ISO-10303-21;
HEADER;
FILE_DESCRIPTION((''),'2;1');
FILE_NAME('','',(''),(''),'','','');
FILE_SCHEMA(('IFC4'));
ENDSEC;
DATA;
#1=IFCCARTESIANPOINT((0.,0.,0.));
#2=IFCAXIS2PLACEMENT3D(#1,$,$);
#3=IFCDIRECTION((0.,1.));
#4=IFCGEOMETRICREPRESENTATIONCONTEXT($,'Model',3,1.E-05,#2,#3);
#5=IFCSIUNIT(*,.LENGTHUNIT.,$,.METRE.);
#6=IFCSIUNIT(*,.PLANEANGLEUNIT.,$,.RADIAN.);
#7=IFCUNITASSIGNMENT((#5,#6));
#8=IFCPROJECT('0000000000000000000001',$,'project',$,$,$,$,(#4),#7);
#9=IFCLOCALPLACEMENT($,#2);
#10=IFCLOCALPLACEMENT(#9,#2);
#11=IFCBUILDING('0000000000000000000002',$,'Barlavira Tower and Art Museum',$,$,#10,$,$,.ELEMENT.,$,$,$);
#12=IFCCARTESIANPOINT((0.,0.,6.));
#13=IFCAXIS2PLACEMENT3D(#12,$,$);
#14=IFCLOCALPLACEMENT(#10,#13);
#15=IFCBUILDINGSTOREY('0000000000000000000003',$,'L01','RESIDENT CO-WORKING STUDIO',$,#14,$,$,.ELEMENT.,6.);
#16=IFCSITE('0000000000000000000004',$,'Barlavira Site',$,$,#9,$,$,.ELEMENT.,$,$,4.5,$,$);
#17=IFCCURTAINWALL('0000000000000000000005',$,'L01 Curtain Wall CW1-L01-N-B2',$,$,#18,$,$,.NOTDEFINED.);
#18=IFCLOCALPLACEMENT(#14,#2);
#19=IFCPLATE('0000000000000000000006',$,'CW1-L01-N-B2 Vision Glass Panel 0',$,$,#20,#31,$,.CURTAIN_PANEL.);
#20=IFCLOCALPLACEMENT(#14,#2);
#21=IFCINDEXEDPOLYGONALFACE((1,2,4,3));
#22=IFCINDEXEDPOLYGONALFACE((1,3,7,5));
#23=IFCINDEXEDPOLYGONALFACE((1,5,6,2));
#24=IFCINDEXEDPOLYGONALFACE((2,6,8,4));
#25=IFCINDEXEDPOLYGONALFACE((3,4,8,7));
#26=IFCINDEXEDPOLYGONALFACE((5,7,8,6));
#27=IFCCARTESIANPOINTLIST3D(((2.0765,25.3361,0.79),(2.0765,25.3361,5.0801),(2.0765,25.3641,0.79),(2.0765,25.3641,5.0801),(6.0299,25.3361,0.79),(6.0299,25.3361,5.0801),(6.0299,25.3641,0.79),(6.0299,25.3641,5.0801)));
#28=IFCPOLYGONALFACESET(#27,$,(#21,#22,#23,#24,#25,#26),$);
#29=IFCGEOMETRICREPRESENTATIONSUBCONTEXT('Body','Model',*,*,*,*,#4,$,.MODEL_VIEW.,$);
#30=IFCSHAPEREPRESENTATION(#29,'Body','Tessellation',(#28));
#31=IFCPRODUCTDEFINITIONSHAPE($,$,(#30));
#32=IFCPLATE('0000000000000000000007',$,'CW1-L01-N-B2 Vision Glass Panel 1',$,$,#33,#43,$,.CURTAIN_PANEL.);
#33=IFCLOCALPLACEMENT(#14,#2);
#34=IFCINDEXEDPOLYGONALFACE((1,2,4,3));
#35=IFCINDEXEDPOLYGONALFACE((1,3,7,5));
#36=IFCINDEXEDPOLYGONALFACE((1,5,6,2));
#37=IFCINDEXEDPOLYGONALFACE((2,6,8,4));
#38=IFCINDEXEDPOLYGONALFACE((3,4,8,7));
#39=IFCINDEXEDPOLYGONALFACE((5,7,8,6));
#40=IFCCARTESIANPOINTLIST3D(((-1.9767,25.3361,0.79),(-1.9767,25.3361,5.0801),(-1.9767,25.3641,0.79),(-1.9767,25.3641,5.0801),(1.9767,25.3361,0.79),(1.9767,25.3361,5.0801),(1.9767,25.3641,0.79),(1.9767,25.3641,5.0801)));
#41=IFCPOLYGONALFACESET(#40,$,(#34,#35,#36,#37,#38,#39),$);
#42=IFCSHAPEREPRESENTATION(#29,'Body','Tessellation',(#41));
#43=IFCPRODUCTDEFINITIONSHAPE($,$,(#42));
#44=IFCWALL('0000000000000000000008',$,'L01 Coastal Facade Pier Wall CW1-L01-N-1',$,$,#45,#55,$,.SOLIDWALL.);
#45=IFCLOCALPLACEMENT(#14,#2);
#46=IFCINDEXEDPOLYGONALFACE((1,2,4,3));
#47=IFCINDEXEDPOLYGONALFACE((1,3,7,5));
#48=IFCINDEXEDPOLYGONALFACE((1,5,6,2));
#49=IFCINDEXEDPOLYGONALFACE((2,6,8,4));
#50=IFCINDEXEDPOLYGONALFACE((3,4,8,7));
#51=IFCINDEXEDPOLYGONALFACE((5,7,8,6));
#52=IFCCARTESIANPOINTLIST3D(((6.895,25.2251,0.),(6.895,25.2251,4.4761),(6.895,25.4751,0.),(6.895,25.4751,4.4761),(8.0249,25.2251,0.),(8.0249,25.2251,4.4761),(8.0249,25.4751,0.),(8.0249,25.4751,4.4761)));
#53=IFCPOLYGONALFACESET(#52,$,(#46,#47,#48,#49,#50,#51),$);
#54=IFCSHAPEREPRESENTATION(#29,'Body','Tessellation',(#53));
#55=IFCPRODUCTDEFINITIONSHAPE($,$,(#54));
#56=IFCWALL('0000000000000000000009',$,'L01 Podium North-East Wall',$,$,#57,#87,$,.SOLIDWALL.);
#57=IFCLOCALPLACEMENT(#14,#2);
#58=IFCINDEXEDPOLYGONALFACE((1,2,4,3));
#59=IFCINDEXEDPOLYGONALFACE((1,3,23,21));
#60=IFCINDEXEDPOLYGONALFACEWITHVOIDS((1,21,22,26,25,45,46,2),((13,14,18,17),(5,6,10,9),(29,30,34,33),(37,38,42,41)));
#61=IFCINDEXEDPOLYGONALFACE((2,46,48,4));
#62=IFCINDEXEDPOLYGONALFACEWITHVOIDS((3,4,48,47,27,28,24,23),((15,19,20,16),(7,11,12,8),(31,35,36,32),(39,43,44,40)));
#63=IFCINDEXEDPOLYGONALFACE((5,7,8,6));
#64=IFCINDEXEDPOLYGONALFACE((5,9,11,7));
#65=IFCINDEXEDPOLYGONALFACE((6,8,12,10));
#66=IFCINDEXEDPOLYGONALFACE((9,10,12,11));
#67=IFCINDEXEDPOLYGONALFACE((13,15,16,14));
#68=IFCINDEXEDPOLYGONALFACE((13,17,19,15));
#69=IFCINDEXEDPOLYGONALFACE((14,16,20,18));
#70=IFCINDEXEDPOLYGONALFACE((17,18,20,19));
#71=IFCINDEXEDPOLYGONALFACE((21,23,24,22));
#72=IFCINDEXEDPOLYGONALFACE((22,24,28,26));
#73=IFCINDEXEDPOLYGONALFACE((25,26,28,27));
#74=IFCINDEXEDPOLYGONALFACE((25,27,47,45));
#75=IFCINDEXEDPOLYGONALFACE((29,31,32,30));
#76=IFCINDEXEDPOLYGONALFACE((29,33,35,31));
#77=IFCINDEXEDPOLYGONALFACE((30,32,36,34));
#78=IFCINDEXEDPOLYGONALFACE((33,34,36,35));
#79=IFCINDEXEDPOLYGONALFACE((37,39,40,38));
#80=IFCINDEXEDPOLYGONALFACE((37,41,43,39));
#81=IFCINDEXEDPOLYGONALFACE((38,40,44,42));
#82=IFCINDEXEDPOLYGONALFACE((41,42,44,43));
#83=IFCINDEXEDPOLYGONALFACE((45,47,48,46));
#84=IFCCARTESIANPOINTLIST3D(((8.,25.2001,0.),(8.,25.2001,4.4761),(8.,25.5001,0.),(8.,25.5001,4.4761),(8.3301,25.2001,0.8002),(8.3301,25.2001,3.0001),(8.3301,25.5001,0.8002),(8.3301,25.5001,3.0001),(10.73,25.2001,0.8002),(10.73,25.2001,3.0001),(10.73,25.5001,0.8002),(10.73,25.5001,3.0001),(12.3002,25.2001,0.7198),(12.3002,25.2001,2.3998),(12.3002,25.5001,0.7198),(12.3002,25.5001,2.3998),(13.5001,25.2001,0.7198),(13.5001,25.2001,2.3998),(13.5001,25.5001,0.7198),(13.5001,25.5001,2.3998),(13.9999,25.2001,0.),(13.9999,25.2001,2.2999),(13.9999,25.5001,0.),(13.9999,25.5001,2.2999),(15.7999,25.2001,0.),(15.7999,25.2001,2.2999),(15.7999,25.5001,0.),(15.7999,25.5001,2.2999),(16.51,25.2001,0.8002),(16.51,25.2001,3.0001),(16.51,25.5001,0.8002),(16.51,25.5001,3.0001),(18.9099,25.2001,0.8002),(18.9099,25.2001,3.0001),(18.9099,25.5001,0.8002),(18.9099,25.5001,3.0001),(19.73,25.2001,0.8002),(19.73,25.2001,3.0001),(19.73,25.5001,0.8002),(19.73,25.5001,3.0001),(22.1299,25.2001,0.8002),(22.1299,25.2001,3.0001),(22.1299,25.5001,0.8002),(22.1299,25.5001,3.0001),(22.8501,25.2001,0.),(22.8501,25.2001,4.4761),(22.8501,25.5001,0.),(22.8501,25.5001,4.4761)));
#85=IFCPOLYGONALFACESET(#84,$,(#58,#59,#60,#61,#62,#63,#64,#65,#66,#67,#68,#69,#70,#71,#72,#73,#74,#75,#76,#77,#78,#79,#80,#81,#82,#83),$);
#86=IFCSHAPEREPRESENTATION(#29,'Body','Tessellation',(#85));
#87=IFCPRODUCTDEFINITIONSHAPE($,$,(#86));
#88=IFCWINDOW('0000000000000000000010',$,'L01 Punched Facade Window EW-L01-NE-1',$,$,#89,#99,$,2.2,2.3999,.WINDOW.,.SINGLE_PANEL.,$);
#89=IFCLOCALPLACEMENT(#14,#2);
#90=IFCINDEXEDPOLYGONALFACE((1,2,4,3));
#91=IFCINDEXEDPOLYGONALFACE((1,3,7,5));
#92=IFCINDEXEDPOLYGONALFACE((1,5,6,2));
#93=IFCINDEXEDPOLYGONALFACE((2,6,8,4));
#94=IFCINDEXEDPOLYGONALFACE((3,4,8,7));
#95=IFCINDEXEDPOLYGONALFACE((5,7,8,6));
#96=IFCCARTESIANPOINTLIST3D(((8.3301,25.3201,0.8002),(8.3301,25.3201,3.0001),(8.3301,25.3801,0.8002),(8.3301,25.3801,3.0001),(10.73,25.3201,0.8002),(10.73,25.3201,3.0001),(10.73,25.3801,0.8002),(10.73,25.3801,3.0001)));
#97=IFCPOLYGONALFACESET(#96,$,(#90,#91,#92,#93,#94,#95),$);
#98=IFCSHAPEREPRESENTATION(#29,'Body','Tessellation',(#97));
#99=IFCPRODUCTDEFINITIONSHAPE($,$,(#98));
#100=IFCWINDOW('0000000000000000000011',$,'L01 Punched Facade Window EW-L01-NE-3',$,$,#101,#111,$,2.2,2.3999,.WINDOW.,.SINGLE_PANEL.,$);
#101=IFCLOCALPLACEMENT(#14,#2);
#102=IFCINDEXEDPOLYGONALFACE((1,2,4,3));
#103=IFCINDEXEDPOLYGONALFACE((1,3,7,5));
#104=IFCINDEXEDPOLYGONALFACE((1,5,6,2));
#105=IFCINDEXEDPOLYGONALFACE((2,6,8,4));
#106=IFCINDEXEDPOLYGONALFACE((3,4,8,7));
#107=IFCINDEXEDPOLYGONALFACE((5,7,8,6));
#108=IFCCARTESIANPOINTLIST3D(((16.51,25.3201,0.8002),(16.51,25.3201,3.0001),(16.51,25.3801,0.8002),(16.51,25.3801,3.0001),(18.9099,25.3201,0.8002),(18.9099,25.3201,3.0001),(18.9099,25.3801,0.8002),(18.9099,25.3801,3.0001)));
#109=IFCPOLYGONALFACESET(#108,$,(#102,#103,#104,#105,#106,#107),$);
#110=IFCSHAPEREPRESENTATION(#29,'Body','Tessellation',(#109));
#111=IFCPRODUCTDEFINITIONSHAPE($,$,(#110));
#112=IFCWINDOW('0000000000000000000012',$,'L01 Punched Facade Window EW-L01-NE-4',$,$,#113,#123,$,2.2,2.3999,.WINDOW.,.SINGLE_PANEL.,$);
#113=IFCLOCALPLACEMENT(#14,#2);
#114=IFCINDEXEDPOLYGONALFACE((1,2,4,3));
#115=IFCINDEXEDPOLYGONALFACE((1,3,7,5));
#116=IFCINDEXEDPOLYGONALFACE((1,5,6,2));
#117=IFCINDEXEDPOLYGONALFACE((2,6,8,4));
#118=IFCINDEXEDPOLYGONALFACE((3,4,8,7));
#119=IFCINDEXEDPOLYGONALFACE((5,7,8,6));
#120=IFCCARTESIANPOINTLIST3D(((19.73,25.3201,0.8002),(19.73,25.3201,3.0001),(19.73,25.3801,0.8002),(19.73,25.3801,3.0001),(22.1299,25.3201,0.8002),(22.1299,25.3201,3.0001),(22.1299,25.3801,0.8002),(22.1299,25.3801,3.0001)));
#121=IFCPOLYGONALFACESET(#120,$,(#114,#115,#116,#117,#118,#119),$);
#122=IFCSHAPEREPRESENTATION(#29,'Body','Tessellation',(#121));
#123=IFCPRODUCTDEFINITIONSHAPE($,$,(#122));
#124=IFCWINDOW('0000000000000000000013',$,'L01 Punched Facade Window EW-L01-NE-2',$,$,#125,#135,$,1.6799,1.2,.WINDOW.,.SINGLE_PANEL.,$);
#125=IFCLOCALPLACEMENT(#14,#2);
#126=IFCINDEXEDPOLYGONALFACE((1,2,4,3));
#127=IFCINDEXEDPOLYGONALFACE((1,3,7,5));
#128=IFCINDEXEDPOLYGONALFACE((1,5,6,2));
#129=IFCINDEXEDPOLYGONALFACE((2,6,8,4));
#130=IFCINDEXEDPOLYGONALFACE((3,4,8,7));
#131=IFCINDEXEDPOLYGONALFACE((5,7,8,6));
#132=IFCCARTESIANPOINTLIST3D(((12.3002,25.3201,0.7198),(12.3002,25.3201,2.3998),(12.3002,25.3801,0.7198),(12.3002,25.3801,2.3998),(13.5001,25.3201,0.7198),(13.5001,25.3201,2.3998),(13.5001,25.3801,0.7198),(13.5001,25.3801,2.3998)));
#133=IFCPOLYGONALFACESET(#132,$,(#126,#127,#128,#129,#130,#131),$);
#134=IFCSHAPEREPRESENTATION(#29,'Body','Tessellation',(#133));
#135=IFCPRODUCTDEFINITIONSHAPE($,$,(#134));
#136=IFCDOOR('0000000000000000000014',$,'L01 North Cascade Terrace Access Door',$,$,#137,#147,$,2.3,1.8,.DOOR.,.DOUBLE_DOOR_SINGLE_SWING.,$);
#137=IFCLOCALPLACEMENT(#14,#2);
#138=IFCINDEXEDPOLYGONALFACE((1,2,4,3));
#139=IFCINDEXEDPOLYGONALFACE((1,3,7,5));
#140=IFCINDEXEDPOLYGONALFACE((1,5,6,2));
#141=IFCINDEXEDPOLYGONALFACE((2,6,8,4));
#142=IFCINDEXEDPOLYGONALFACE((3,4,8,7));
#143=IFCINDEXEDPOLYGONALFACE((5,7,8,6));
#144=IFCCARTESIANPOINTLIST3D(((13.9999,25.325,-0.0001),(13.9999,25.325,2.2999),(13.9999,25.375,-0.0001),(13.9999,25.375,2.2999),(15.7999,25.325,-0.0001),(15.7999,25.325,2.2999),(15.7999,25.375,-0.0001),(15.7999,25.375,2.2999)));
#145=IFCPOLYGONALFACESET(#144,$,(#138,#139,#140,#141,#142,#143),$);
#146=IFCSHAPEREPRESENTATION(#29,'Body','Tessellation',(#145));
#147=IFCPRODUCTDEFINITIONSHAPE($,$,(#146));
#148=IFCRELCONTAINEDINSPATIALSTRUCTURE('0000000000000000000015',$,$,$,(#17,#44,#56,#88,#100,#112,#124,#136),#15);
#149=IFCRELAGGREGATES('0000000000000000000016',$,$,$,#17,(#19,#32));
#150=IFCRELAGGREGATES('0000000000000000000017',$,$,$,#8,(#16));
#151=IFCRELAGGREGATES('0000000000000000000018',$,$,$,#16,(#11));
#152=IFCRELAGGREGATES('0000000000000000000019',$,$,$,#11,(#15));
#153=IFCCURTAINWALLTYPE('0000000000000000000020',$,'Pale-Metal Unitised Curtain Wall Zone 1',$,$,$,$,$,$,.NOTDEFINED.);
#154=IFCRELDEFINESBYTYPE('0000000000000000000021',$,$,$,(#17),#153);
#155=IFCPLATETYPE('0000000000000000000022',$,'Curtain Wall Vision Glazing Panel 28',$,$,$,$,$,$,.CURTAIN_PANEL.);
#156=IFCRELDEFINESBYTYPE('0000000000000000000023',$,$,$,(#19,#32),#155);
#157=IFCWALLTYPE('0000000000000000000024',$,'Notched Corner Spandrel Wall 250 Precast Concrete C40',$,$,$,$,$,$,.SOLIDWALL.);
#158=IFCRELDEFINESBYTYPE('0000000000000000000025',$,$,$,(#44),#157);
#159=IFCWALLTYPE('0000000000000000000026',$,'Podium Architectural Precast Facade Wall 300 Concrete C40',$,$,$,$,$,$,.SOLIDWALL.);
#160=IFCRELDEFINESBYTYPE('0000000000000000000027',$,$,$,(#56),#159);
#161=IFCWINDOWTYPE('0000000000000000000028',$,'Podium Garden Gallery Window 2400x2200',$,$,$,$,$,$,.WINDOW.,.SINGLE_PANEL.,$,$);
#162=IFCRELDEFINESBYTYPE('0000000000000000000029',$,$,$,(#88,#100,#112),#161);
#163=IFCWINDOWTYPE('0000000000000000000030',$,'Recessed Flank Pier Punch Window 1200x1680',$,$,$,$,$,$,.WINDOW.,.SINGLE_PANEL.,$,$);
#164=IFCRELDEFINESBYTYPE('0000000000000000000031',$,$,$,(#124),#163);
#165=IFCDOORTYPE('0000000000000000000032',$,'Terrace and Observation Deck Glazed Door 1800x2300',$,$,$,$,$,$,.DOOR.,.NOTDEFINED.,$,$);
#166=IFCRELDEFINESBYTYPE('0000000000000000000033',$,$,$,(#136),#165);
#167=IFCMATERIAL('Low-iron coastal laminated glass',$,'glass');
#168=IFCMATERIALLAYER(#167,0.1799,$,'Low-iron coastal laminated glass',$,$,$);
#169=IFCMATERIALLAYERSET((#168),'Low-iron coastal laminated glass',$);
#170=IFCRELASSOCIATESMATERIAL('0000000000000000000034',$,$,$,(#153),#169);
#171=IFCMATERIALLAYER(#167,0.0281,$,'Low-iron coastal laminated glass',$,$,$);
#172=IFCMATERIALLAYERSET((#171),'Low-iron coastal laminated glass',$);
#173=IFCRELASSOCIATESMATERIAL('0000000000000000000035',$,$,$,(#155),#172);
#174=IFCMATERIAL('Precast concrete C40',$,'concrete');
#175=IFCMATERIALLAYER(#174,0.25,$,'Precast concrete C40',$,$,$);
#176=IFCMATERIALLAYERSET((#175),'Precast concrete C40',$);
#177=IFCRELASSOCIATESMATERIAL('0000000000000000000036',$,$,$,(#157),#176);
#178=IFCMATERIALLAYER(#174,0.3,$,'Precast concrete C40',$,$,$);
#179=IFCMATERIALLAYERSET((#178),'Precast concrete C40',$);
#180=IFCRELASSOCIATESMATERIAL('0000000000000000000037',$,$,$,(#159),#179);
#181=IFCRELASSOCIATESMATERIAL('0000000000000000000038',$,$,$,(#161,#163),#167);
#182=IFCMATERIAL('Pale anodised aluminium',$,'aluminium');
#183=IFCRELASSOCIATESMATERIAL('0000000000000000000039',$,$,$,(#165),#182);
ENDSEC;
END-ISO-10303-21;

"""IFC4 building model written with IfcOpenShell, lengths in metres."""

from ifc_helpers import new_model, si_unit, direction, frame, frame_2d, origin, origin_2d, place, context, subcontext, project, spatial, rectangle, extrude, material, layer, layer_set, type_object, element, fill, aggregate, save


model = new_model("IFC4")

# Units and contexts
model_context = context("Model", 3, precision=1e-05, world=origin(), true_north=direction((0.0, 1.0)))
body_context = subcontext(model_context, "Body", "Model", "MODEL_VIEW")
ifc_project = project(units=[si_unit("LENGTHUNIT", "METRE"), si_unit("PLANEANGLEUNIT", "RADIAN")], contexts=[model_context])

# Site, building, storey
site_placement = place(None, origin())
site = spatial("IfcSite", under=ifc_project, at=site_placement, Name="Barlavira Site", CompositionType="ELEMENT", RefElevation=4.5)
building_placement = place(site_placement, origin())
building = spatial("IfcBuilding", under=site, at=building_placement, Name="Barlavira Tower and Art Museum", CompositionType="ELEMENT")
storey_placement = place(building_placement, frame((0.0, 0.0, 6.0)))
storey = spatial("IfcBuildingStorey", under=building, at=storey_placement, Name="L01", Description="RESIDENT CO-WORKING STUDIO", CompositionType="ELEMENT", Elevation=6.0)

# Curtain wall, plates
ifc_material_1 = material(Name="Low-iron coastal laminated glass", Category="glass")
ifc_layer_1 = layer(ifc_material_1, 0.1799, Name="Low-iron coastal laminated glass")
ifc_layer_set_1 = layer_set([ifc_layer_1], Name="Low-iron coastal laminated glass")
curtain_wall_type = type_object("IfcCurtainWallType", Name="Pale-Metal Unitised Curtain Wall Zone 1", PredefinedType="NOTDEFINED", material=ifc_layer_set_1)
curtain_wall_placement = place(storey_placement, origin())
curtain_wall = element("IfcCurtainWall", 1, at=curtain_wall_placement, inside=storey, type_object=curtain_wall_type, Name="L01 Curtain Wall CW1-L01-N-B2", PredefinedType="NOTDEFINED")
ifc_material_2 = material(Name="Pale anodised aluminium", Category="aluminium")
ifc_layer_2 = layer(ifc_material_1, 0.0281, Name="Low-iron coastal laminated glass")
ifc_layer_set_2 = layer_set([ifc_layer_2], Name="Low-iron coastal laminated glass")
plate_type_1 = type_object("IfcPlateType", Name="Curtain Wall Vision Glazing Panel 28", PredefinedType="CURTAIN_PANEL", material=ifc_layer_set_2)
plate_1_placement = place(storey_placement, frame((4.0532, 25.3501, 0.79), z_axis=(0.0, 0.0, 1.0), x_axis=(-1.0, 0.0, 0.0)))
plate_1 = element("IfcPlate", 2, at=plate_1_placement, type_object=plate_type_1, Name="CW1-L01-N-B2 Vision Glass Panel 0", PredefinedType="CURTAIN_PANEL", context=body_context, shape_type="SweptSolid", body=[
    extrude(rectangle(XDim=3.9534, YDim=0.0281, at=origin_2d()), origin(), (0.0, 0.0, 1.0), 4.29),
])
plate_2_placement = place(storey_placement, frame((0.0, 25.3501, 0.79), z_axis=(0.0, 0.0, 1.0), x_axis=(-1.0, 0.0, 0.0)))
plate_2 = element("IfcPlate", 3, at=plate_2_placement, type_object=plate_type_1, Name="CW1-L01-N-B2 Vision Glass Panel 1", PredefinedType="CURTAIN_PANEL", context=body_context, shape_type="SweptSolid", body=[
    extrude(rectangle(XDim=3.9534, YDim=0.0281, at=origin_2d()), origin(), (0.0, 0.0, 1.0), 4.29),
])
aggregate(curtain_wall, [plate_1, plate_2])

# Wall
ifc_material_3 = material(Name="Precast concrete C40", Category="concrete")
ifc_layer_3 = layer(ifc_material_3, 0.25, Name="Precast concrete C40")
ifc_layer_set_3 = layer_set([ifc_layer_3], Name="Precast concrete C40")
wall_type_1 = type_object("IfcWallType", Name="Notched Corner Spandrel Wall 250 Precast Concrete C40", PredefinedType="SOLIDWALL", material=ifc_layer_set_3)
wall_1_placement = place(storey_placement, frame((8.0249, 25.3501, 0.0), z_axis=(0.0, 0.0, 1.0), x_axis=(-1.0, 0.0, 0.0)))
element("IfcWall", 4, at=wall_1_placement, inside=storey, type_object=wall_type_1, Name="L01 Coastal Facade Pier Wall CW1-L01-N-1", PredefinedType="SOLIDWALL", context=body_context, shape_type="SweptSolid", body=[
    extrude(rectangle(XDim=1.1299, YDim=0.25, at=frame_2d((0.5649, 0.0))), origin(), (0.0, 0.0, 1.0), 4.4761),
])

# Wall, openings, windows, door
ifc_layer_4 = layer(ifc_material_3, 0.3, Name="Precast concrete C40")
ifc_layer_set_4 = layer_set([ifc_layer_4], Name="Precast concrete C40")
wall_type_2 = type_object("IfcWallType", Name="Podium Architectural Precast Facade Wall 300 Concrete C40", PredefinedType="SOLIDWALL", material=ifc_layer_set_4)
wall_2_placement = place(storey_placement, frame((8.0, 25.3501, 0.0), z_axis=(0.0, 0.0, 1.0), x_axis=(1.0, 0.0, 0.0)))
wall_2 = element("IfcWall", 5, at=wall_2_placement, inside=storey, type_object=wall_type_2, Name="L01 Podium North-East Wall", PredefinedType="SOLIDWALL", context=body_context, shape_type="SweptSolid", body=[
    extrude(rectangle(XDim=14.8501, YDim=0.3, at=frame_2d((7.425, 0.0))), origin(), (0.0, 0.0, 1.0), 4.4761),
])
opening_1_placement = place(wall_2_placement, frame((6.0, 0.0, 0.0)))
opening_1 = element("IfcOpeningElement", 6, at=opening_1_placement, cuts=wall_2, PredefinedType="OPENING", context=body_context, shape_type="SweptSolid", body=[
    extrude(rectangle(XDim=1.8, YDim=2.3, at=frame_2d((0.8999, 1.1499))), frame((0.0, 0.1602, 0.0), z_axis=(0.0, -1.0, 0.0), x_axis=(1.0, 0.0, 0.0)), (0.0, 0.0, 1.0), 0.3201),
])
opening_2_placement = place(wall_2_placement, frame((0.3301, 0.0, 0.8)))
opening_2 = element("IfcOpeningElement", 7, at=opening_2_placement, cuts=wall_2, PredefinedType="OPENING", context=body_context, shape_type="SweptSolid", body=[
    extrude(rectangle(XDim=2.3999, YDim=2.2, at=frame_2d((1.2, 1.1001))), frame((0.0, 0.1602, 0.0), z_axis=(0.0, -1.0, 0.0), x_axis=(1.0, 0.0, 0.0)), (0.0, 0.0, 1.0), 0.3201),
])
opening_3_placement = place(wall_2_placement, frame((4.3, 0.0, 0.72)))
opening_3 = element("IfcOpeningElement", 8, at=opening_3_placement, cuts=wall_2, PredefinedType="OPENING", context=body_context, shape_type="SweptSolid", body=[
    extrude(rectangle(XDim=1.2, YDim=1.6799, at=frame_2d((0.6001, 0.8398))), frame((0.0, 0.1602, 0.0), z_axis=(0.0, -1.0, 0.0), x_axis=(1.0, 0.0, 0.0)), (0.0, 0.0, 1.0), 0.3201),
])
opening_4_placement = place(wall_2_placement, frame((8.51, 0.0, 0.8)))
opening_4 = element("IfcOpeningElement", 9, at=opening_4_placement, cuts=wall_2, PredefinedType="OPENING", context=body_context, shape_type="SweptSolid", body=[
    extrude(rectangle(XDim=2.3999, YDim=2.2, at=frame_2d((1.2, 1.1001))), frame((0.0, 0.1602, 0.0), z_axis=(0.0, -1.0, 0.0), x_axis=(1.0, 0.0, 0.0)), (0.0, 0.0, 1.0), 0.3201),
])
opening_5_placement = place(wall_2_placement, frame((11.73, 0.0, 0.8)))
opening_5 = element("IfcOpeningElement", 10, at=opening_5_placement, cuts=wall_2, PredefinedType="OPENING", context=body_context, shape_type="SweptSolid", body=[
    extrude(rectangle(XDim=2.3999, YDim=2.2, at=frame_2d((1.2, 1.1001))), frame((0.0, 0.1602, 0.0), z_axis=(0.0, -1.0, 0.0), x_axis=(1.0, 0.0, 0.0)), (0.0, 0.0, 1.0), 0.3201),
])
window_type_1 = type_object("IfcWindowType", Name="Podium Garden Gallery Window 2400x2200", PartitioningType="SINGLE_PANEL", PredefinedType="WINDOW", material=ifc_material_1)
window_1_placement = place(opening_2_placement, origin())
window_1 = element("IfcWindow", 11, at=window_1_placement, inside=storey, type_object=window_type_1, Name="L01 Punched Facade Window EW-L01-NE-1", OverallHeight=2.2, OverallWidth=2.3999, PartitioningType="SINGLE_PANEL", PredefinedType="WINDOW", context=body_context, shape_type="SweptSolid", body=[
    extrude(rectangle(XDim=2.3999, YDim=2.2, at=frame_2d((1.2, 1.1001))), frame((0.0, 0.03, 0.0), z_axis=(0.0, -1.0, 0.0), x_axis=(1.0, 0.0, 0.0)), (0.0, 0.0, 1.0), 0.0601),
])
fill(opening_2, window_1)
window_2_placement = place(opening_4_placement, origin())
window_2 = element("IfcWindow", 12, at=window_2_placement, inside=storey, type_object=window_type_1, Name="L01 Punched Facade Window EW-L01-NE-3", OverallHeight=2.2, OverallWidth=2.3999, PartitioningType="SINGLE_PANEL", PredefinedType="WINDOW", context=body_context, shape_type="SweptSolid", body=[
    extrude(rectangle(XDim=2.3999, YDim=2.2, at=frame_2d((1.2, 1.1001))), frame((0.0, 0.03, 0.0), z_axis=(0.0, -1.0, 0.0), x_axis=(1.0, 0.0, 0.0)), (0.0, 0.0, 1.0), 0.0601),
])
fill(opening_4, window_2)
window_3_placement = place(opening_5_placement, origin())
window_3 = element("IfcWindow", 13, at=window_3_placement, inside=storey, type_object=window_type_1, Name="L01 Punched Facade Window EW-L01-NE-4", OverallHeight=2.2, OverallWidth=2.3999, PartitioningType="SINGLE_PANEL", PredefinedType="WINDOW", context=body_context, shape_type="SweptSolid", body=[
    extrude(rectangle(XDim=2.3999, YDim=2.2, at=frame_2d((1.2, 1.1001))), frame((0.0, 0.03, 0.0), z_axis=(0.0, -1.0, 0.0), x_axis=(1.0, 0.0, 0.0)), (0.0, 0.0, 1.0), 0.0601),
])
fill(opening_5, window_3)
window_type_2 = type_object("IfcWindowType", Name="Recessed Flank Pier Punch Window 1200x1680", PartitioningType="SINGLE_PANEL", PredefinedType="WINDOW", material=ifc_material_1)
window_4_placement = place(opening_3_placement, origin())
window_4 = element("IfcWindow", 14, at=window_4_placement, inside=storey, type_object=window_type_2, Name="L01 Punched Facade Window EW-L01-NE-2", OverallHeight=1.6799, OverallWidth=1.2, PartitioningType="SINGLE_PANEL", PredefinedType="WINDOW", context=body_context, shape_type="SweptSolid", body=[
    extrude(rectangle(XDim=1.2, YDim=1.6799, at=frame_2d((0.6001, 0.8398))), frame((0.0, 0.03, 0.0), z_axis=(0.0, -1.0, 0.0), x_axis=(1.0, 0.0, 0.0)), (0.0, 0.0, 1.0), 0.0601),
])
fill(opening_3, window_4)
door_type = type_object("IfcDoorType", Name="Terrace and Observation Deck Glazed Door 1800x2300", OperationType="NOTDEFINED", PredefinedType="DOOR", material=ifc_material_2)
door_placement = place(opening_1_placement, origin())
door = element("IfcDoor", 15, at=door_placement, inside=storey, type_object=door_type, Name="L01 North Cascade Terrace Access Door", OperationType="DOUBLE_DOOR_SINGLE_SWING", OverallHeight=2.3, OverallWidth=1.8, PredefinedType="DOOR", context=body_context, shape_type="SweptSolid", body=[
    extrude(rectangle(XDim=1.8, YDim=2.3, at=frame_2d((0.8999, 1.1499))), frame((0.0, 0.0249, 0.0), z_axis=(0.0, -1.0, 0.0), x_axis=(1.0, 0.0, 0.0)), (0.0, 0.0, 1.0), 0.05),
])
fill(opening_1, door)

save(model, "model.ifc")
